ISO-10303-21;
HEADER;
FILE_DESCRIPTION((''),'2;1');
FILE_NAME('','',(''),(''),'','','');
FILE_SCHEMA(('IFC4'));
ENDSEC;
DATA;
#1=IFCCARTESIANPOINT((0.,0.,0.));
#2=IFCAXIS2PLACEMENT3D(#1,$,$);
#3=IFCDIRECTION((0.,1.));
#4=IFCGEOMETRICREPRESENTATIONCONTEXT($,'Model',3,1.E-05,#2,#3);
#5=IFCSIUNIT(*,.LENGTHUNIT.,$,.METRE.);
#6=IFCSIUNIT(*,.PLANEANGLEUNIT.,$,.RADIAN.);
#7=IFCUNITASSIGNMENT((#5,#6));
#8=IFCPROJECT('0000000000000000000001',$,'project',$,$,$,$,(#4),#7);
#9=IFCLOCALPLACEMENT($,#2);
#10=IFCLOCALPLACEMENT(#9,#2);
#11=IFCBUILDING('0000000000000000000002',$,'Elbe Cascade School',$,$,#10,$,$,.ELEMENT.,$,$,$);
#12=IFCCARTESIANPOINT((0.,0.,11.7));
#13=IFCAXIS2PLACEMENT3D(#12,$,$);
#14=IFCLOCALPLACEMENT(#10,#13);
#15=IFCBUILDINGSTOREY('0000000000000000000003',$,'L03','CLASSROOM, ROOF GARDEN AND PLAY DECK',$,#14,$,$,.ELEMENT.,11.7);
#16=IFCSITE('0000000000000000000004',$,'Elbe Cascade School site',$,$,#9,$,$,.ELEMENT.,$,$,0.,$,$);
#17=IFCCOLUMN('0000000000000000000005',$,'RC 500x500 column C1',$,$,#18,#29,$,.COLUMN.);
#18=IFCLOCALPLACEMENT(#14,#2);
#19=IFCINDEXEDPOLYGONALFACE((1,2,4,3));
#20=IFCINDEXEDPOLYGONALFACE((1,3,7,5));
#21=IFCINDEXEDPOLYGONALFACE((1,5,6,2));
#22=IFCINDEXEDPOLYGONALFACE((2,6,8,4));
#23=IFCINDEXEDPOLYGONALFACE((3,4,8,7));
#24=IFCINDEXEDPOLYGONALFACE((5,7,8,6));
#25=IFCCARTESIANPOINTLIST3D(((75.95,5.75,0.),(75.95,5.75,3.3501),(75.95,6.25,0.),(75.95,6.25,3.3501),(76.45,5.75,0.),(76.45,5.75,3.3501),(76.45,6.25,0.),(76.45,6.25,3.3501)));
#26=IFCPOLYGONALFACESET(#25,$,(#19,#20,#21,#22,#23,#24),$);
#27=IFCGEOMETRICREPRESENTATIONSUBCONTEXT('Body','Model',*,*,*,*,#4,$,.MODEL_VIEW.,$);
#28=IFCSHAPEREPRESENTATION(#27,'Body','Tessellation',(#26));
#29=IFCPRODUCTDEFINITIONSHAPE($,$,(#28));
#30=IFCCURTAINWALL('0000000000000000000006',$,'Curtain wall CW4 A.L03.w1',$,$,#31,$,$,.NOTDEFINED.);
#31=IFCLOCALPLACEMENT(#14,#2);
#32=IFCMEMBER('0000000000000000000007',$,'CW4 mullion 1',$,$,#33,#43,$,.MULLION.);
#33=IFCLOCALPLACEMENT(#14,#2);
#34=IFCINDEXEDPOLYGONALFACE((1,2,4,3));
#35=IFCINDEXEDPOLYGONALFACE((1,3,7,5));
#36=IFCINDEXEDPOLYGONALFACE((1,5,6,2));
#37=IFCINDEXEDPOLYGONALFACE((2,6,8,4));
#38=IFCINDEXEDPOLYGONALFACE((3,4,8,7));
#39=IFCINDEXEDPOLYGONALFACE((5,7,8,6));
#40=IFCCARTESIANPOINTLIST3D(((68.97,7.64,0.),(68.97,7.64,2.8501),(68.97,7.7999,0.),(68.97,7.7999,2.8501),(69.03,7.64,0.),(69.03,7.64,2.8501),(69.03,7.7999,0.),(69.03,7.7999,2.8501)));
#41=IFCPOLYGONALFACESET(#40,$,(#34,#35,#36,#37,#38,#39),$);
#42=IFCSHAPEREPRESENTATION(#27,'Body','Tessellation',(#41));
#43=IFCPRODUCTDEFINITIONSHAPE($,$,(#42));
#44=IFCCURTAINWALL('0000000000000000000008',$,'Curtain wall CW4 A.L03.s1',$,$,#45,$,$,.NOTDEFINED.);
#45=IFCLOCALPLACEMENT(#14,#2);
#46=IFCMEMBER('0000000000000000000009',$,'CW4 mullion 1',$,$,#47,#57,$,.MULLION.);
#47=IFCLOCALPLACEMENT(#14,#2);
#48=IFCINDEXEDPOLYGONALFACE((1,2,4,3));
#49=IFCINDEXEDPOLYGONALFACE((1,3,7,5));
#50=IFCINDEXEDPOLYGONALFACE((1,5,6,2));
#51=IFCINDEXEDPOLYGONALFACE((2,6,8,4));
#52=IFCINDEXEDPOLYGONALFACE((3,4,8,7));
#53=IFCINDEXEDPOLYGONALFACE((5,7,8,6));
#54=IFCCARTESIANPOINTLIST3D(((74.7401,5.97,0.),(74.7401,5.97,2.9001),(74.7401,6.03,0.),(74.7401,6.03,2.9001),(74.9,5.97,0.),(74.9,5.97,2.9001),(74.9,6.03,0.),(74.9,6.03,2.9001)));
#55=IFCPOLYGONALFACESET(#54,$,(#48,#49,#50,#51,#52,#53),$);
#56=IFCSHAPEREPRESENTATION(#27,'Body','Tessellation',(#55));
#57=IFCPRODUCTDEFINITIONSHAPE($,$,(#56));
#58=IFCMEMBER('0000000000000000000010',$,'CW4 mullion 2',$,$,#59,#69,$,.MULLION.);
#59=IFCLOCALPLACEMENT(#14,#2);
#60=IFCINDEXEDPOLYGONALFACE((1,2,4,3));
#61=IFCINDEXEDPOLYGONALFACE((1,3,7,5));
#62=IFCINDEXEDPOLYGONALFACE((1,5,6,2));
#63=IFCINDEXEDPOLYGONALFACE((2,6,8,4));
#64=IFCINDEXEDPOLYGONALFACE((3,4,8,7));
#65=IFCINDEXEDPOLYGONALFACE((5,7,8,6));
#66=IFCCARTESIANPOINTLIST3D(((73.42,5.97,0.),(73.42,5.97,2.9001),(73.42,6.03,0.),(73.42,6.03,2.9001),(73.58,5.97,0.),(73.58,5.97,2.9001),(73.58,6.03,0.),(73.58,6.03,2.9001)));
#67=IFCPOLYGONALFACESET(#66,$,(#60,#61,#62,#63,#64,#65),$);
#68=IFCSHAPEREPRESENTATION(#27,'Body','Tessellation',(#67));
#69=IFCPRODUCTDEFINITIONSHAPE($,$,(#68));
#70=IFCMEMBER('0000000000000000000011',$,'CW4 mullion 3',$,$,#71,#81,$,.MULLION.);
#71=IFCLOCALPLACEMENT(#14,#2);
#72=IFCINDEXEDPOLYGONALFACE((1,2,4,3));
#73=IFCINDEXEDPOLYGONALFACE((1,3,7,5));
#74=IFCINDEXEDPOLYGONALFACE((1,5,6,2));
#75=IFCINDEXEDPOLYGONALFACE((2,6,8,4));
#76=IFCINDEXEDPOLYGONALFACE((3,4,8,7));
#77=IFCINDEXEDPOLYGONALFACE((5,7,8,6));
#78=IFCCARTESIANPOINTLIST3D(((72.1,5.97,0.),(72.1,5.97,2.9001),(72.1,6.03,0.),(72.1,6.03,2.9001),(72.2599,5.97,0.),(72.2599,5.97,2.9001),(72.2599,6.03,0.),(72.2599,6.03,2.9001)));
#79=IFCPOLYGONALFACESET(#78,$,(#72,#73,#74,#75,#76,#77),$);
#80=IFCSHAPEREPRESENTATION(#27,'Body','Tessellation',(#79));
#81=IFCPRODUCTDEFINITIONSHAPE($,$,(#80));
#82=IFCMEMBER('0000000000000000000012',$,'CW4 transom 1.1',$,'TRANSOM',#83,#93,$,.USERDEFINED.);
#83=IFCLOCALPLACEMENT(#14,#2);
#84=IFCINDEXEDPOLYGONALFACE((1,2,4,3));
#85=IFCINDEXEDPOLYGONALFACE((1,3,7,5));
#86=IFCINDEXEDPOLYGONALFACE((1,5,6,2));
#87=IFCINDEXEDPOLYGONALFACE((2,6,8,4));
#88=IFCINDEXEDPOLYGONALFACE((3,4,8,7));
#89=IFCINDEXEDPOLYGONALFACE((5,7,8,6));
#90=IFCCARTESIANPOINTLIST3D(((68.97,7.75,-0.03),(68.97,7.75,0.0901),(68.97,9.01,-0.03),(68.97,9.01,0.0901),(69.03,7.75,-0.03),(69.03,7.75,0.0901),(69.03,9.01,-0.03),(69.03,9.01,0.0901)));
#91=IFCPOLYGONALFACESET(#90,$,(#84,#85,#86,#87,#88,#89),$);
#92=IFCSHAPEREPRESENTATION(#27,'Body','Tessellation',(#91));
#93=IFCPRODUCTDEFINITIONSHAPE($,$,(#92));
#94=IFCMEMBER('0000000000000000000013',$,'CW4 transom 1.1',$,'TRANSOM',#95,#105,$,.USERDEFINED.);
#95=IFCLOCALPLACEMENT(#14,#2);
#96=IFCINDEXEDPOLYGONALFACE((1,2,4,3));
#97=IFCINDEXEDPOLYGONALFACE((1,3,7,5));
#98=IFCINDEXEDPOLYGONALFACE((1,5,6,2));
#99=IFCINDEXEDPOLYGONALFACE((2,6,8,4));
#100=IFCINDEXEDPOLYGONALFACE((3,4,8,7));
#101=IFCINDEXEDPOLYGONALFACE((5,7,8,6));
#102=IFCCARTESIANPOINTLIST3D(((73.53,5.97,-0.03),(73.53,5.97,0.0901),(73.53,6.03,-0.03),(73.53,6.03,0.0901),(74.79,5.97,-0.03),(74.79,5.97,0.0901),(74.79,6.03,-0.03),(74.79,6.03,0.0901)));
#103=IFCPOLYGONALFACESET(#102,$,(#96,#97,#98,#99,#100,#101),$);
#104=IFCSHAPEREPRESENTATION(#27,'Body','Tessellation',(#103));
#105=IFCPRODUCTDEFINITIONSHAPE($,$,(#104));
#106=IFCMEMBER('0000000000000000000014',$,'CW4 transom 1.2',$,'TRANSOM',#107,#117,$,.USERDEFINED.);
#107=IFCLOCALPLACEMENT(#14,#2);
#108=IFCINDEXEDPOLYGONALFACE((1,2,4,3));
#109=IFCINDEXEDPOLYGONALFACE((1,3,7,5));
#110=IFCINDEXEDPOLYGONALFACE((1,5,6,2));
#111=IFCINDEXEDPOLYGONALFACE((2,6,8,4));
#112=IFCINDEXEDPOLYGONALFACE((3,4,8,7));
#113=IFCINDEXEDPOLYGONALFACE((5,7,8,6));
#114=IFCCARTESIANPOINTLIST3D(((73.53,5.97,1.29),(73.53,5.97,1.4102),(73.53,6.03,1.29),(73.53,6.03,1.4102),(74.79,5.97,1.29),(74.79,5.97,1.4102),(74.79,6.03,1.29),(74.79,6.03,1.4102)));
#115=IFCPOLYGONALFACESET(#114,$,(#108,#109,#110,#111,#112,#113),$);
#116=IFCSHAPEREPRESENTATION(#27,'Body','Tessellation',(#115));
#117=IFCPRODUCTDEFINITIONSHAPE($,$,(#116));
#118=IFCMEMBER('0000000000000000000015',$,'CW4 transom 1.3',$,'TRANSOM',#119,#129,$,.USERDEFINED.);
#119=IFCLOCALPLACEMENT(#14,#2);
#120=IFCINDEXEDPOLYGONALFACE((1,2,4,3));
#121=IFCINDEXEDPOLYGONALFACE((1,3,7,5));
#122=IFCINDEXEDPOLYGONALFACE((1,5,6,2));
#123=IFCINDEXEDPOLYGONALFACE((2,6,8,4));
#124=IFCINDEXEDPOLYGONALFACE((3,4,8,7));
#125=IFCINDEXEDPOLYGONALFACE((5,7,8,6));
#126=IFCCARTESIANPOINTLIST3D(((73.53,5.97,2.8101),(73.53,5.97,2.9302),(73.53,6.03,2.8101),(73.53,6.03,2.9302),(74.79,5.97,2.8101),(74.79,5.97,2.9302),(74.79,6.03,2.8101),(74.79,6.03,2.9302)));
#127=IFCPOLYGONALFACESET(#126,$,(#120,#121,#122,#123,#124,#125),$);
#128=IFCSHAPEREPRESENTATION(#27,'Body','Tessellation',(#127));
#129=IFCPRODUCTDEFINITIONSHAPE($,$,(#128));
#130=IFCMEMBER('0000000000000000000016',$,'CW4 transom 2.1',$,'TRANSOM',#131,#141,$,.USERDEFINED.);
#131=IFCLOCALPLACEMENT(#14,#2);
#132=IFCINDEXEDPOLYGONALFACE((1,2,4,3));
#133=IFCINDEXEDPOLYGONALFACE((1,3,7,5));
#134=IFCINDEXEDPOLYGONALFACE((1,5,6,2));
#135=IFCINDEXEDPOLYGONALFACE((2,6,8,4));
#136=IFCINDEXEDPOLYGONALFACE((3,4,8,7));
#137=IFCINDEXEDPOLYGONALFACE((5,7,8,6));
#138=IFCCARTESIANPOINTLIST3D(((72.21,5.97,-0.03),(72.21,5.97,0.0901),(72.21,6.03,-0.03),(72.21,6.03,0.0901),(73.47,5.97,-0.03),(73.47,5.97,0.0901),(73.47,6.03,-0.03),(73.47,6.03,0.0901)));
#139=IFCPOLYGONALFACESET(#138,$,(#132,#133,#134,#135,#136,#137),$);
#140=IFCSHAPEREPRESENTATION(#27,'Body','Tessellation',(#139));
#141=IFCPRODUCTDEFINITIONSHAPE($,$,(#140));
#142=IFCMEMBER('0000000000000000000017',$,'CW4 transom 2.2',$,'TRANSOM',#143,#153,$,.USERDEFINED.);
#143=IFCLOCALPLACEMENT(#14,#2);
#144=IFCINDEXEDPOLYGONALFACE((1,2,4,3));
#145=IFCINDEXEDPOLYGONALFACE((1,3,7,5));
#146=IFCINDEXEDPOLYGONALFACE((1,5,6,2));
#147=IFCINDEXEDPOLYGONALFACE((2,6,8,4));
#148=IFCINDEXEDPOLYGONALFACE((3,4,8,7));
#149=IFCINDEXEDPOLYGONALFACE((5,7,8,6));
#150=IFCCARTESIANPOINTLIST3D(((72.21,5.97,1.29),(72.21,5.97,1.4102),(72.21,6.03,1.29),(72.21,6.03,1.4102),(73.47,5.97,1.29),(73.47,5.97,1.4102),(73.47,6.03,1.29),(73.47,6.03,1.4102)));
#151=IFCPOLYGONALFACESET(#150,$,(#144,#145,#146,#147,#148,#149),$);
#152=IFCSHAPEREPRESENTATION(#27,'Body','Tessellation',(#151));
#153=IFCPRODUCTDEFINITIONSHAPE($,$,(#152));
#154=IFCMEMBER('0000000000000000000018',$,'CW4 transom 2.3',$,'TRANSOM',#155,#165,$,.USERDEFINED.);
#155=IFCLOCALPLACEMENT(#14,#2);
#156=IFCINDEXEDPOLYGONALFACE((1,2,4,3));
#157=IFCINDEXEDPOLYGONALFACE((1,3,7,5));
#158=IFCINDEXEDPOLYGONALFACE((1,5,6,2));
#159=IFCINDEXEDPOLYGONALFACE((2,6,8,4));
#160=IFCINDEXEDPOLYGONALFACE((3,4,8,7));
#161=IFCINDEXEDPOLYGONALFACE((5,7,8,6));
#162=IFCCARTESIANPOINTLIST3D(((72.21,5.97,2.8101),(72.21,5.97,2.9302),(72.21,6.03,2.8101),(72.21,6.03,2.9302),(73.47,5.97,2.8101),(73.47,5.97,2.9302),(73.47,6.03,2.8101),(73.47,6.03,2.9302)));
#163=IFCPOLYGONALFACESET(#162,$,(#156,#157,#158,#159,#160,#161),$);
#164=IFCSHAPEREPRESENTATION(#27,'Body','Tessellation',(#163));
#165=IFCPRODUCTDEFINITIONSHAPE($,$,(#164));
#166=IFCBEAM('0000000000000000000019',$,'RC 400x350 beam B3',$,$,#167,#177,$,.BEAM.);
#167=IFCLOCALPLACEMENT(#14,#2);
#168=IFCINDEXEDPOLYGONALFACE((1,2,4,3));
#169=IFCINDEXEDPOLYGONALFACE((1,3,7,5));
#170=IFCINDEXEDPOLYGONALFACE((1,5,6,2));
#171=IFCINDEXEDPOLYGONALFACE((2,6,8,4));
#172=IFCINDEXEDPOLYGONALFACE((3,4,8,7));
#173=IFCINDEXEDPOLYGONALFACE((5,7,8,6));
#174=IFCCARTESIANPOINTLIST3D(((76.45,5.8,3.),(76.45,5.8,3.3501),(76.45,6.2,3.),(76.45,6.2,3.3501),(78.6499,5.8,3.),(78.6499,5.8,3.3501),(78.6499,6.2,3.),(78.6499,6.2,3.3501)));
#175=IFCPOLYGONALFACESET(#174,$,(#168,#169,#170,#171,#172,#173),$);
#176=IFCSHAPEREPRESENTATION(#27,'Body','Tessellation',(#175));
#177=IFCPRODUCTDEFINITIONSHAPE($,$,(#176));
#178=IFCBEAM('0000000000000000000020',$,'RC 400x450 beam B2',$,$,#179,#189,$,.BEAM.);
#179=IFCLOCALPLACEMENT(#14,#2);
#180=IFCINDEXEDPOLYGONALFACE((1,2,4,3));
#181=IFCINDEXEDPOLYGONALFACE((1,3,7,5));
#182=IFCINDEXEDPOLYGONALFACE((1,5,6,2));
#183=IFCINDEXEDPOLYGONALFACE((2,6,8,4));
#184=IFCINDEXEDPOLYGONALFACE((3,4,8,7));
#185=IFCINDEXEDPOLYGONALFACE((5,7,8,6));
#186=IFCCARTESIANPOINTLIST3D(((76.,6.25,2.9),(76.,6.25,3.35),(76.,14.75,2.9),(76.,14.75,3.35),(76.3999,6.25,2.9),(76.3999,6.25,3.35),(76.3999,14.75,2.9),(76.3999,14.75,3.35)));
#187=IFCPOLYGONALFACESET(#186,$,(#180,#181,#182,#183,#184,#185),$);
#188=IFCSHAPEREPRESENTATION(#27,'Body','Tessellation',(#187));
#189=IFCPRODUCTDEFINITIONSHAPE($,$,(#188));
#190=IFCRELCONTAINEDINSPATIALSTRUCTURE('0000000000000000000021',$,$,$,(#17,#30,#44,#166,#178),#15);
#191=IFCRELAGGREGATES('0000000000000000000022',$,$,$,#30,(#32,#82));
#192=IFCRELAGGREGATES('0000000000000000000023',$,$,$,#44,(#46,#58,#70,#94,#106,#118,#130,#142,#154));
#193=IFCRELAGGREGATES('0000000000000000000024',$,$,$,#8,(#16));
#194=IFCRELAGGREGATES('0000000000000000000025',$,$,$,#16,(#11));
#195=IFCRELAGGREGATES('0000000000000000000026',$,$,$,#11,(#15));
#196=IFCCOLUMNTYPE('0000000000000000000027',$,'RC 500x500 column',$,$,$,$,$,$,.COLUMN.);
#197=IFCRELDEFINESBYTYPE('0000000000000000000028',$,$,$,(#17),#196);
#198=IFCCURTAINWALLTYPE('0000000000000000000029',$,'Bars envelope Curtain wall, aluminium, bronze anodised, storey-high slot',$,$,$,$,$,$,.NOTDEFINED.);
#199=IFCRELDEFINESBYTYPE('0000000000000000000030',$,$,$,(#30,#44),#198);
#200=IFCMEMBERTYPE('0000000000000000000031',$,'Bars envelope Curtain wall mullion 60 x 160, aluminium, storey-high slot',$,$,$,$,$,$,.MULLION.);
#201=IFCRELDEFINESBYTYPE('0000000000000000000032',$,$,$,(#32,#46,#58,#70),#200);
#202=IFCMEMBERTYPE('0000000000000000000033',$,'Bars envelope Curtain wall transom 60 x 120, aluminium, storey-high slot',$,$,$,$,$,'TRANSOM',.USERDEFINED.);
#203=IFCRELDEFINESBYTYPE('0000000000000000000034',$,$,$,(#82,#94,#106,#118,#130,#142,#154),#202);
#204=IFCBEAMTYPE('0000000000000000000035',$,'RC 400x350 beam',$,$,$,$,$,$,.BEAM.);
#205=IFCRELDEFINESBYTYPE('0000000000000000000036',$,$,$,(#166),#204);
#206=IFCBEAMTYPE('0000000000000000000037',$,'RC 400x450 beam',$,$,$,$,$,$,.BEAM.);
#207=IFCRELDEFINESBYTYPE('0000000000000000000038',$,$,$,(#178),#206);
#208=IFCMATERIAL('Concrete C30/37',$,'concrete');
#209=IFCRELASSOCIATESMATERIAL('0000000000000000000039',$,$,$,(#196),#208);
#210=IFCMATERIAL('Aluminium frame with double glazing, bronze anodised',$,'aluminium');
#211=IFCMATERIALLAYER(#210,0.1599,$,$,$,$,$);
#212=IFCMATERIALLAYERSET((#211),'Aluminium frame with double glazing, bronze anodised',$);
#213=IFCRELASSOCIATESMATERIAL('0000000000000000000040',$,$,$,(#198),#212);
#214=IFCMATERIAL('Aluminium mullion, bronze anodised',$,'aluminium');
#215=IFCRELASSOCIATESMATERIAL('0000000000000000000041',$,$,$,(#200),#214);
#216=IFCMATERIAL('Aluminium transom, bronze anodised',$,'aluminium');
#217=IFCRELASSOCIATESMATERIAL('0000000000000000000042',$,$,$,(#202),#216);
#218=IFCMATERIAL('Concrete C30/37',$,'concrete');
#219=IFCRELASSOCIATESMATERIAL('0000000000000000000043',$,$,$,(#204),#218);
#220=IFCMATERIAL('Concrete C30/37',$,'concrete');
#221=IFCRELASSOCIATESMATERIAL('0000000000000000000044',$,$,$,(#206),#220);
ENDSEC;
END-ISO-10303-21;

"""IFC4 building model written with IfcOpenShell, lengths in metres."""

from ifc_helpers import new_model, si_unit, direction, frame, origin, origin_2d, place, context, subcontext, project, spatial, rectangle, extrude, material, layer, layer_set, material_profile, profile_set, type_object, element, aggregate, save


model = new_model("IFC4")

# Units and contexts
model_context = context("Model", 3, precision=1e-05, world=origin(), true_north=direction((0.0, 1.0)))
body_context = subcontext(model_context, "Body", "Model", "MODEL_VIEW")
ifc_project = project(units=[si_unit("LENGTHUNIT", "METRE"), si_unit("PLANEANGLEUNIT", "RADIAN")], contexts=[model_context])

# Site, building, storey
site_placement = place(None, origin())
site = spatial("IfcSite", under=ifc_project, at=site_placement, Name="Elbe Cascade School site", CompositionType="ELEMENT", RefElevation=0.0)
building_placement = place(site_placement, origin())
building = spatial("IfcBuilding", under=site, at=building_placement, Name="Elbe Cascade School", CompositionType="ELEMENT")
storey_placement = place(building_placement, frame((0.0, 0.0, 11.7)))
storey = spatial("IfcBuildingStorey", under=building, at=storey_placement, Name="L03", Description="CLASSROOM, ROOF GARDEN AND PLAY DECK", CompositionType="ELEMENT", Elevation=11.7)

# Column
ifc_material_1 = material(Name="Concrete C30/37", Category="concrete")
ifc_material_profile_1 = material_profile(ifc_material_1, rectangle(XDim=0.5, YDim=0.5, at=origin_2d()), Name="RC 500x500")
ifc_profile_set_1 = profile_set([ifc_material_profile_1], Name="Concrete C30/37")
column_type = type_object("IfcColumnType", Name="RC 500x500 column", PredefinedType="COLUMN", material=ifc_profile_set_1)
column_placement = place(storey_placement, frame((76.2, 6.0, 0.0), z_axis=(0.0, 0.0, 1.0), x_axis=(1.0, 0.0, 0.0)))
element("IfcColumn", 1, at=column_placement, inside=storey, type_object=column_type, Name="RC 500x500 column C1", PredefinedType="COLUMN", context=body_context, shape_type="SweptSolid", body=[
    extrude(rectangle(XDim=0.5, YDim=0.5, at=origin_2d()), origin(), (0.0, 0.0, 1.0), 3.3501),
])

# Curtain wall, member
ifc_material_2 = material(Name="Aluminium frame with double glazing, bronze anodised", Category="aluminium")
ifc_layer_1 = layer(ifc_material_2, 0.1599)
ifc_layer_set_1 = layer_set([ifc_layer_1], Name="Aluminium frame with double glazing, bronze anodised")
curtain_wall_type = type_object("IfcCurtainWallType", Name="Bars envelope Curtain wall, aluminium, bronze anodised, storey-high slot", PredefinedType="NOTDEFINED", material=ifc_layer_set_1)
curtain_wall_1_placement = place(storey_placement, origin())
curtain_wall_1 = element("IfcCurtainWall", 2, at=curtain_wall_1_placement, inside=storey, type_object=curtain_wall_type, Name="Curtain wall CW4 A.L03.w1", PredefinedType="NOTDEFINED")
ifc_material_3 = material(Name="Aluminium mullion, bronze anodised", Category="aluminium")
ifc_material_profile_2 = material_profile(ifc_material_3, rectangle(XDim=0.0601, YDim=0.1599, at=origin_2d()), Name="Bars envelope Curtain wall mullion 60 x 160, aluminium, storey-high slot")
ifc_profile_set_2 = profile_set([ifc_material_profile_2], Name="Aluminium mullion, bronze anodised")
member_type_1 = type_object("IfcMemberType", Name="Bars envelope Curtain wall mullion 60 x 160, aluminium, storey-high slot", PredefinedType="MULLION", material=ifc_profile_set_2)
member_1_placement = place(storey_placement, frame((69.0, 7.72, 0.0), z_axis=(0.0, 0.0, 1.0), x_axis=(-1.0, 0.0, 0.0)))
member_1 = element("IfcMember", 3, at=member_1_placement, type_object=member_type_1, Name="CW4 mullion 1", PredefinedType="MULLION", context=body_context, shape_type="SweptSolid", body=[
    extrude(rectangle(XDim=0.0601, YDim=0.1599, at=origin_2d()), origin(), (0.0, 0.0, 1.0), 2.8501),
])

# Curtain wall, members
curtain_wall_2_placement = place(storey_placement, origin())
curtain_wall_2 = element("IfcCurtainWall", 4, at=curtain_wall_2_placement, inside=storey, type_object=curtain_wall_type, Name="Curtain wall CW4 A.L03.s1", PredefinedType="NOTDEFINED")
member_2_placement = place(storey_placement, frame((74.8201, 6.0, 0.0), z_axis=(0.0, 0.0, 1.0), x_axis=(0.0, -1.0, 0.0)))
member_2 = element("IfcMember", 5, at=member_2_placement, type_object=member_type_1, Name="CW4 mullion 1", PredefinedType="MULLION", context=body_context, shape_type="SweptSolid", body=[
    extrude(rectangle(XDim=0.0601, YDim=0.1599, at=origin_2d()), origin(), (0.0, 0.0, 1.0), 2.9001),
])
member_3_placement = place(storey_placement, frame((73.5, 6.0, 0.0), z_axis=(0.0, 0.0, 1.0), x_axis=(0.0, -1.0, 0.0)))
member_3 = element("IfcMember", 6, at=member_3_placement, type_object=member_type_1, Name="CW4 mullion 2", PredefinedType="MULLION", context=body_context, shape_type="SweptSolid", body=[
    extrude(rectangle(XDim=0.0601, YDim=0.1599, at=origin_2d()), origin(), (0.0, 0.0, 1.0), 2.9001),
])
member_4_placement = place(storey_placement, frame((72.1799, 6.0, 0.0), z_axis=(0.0, 0.0, 1.0), x_axis=(0.0, -1.0, 0.0)))
member_4 = element("IfcMember", 7, at=member_4_placement, type_object=member_type_1, Name="CW4 mullion 3", PredefinedType="MULLION", context=body_context, shape_type="SweptSolid", body=[
    extrude(rectangle(XDim=0.0601, YDim=0.1599, at=origin_2d()), origin(), (0.0, 0.0, 1.0), 2.9001),
])

# Members
ifc_material_4 = material(Name="Aluminium transom, bronze anodised", Category="aluminium")
ifc_material_profile_3 = material_profile(ifc_material_4, rectangle(XDim=0.0601, YDim=0.1201, at=origin_2d()), Name="Bars envelope Curtain wall transom 60 x 120, aluminium, storey-high slot")
ifc_profile_set_3 = profile_set([ifc_material_profile_3], Name="Aluminium transom, bronze anodised")
member_type_2 = type_object("IfcMemberType", Name="Bars envelope Curtain wall transom 60 x 120, aluminium, storey-high slot", ElementType="TRANSOM", PredefinedType="USERDEFINED", material=ifc_profile_set_3)
member_5_placement = place(storey_placement, frame((69.0, 7.75, 0.03), z_axis=(0.0, 1.0, 0.0), x_axis=(-1.0, 0.0, 0.0)))
member_5 = element("IfcMember", 8, at=member_5_placement, type_object=member_type_2, Name="CW4 transom 1.1", ObjectType="TRANSOM", PredefinedType="USERDEFINED", context=body_context, shape_type="SweptSolid", body=[
    extrude(rectangle(XDim=0.0601, YDim=0.1201, at=origin_2d()), origin(), (0.0, 0.0, 1.0), 1.26),
])
aggregate(curtain_wall_1, [member_1, member_5])
member_6_placement = place(storey_placement, frame((74.79, 6.0, 0.03), z_axis=(-1.0, 0.0, 0.0), x_axis=(0.0, -1.0, 0.0)))
member_6 = element("IfcMember", 9, at=member_6_placement, type_object=member_type_2, Name="CW4 transom 1.1", ObjectType="TRANSOM", PredefinedType="USERDEFINED", context=body_context, shape_type="SweptSolid", body=[
    extrude(rectangle(XDim=0.0601, YDim=0.1201, at=origin_2d()), origin(), (0.0, 0.0, 1.0), 1.26),
])
member_7_placement = place(storey_placement, frame((74.79, 6.0, 1.3501), z_axis=(-1.0, 0.0, 0.0), x_axis=(0.0, -1.0, 0.0)))
member_7 = element("IfcMember", 10, at=member_7_placement, type_object=member_type_2, Name="CW4 transom 1.2", ObjectType="TRANSOM", PredefinedType="USERDEFINED", context=body_context, shape_type="SweptSolid", body=[
    extrude(rectangle(XDim=0.0601, YDim=0.1201, at=origin_2d()), origin(), (0.0, 0.0, 1.0), 1.26),
])
member_8_placement = place(storey_placement, frame((74.79, 6.0, 2.8701), z_axis=(-1.0, 0.0, 0.0), x_axis=(0.0, -1.0, 0.0)))
member_8 = element("IfcMember", 11, at=member_8_placement, type_object=member_type_2, Name="CW4 transom 1.3", ObjectType="TRANSOM", PredefinedType="USERDEFINED", context=body_context, shape_type="SweptSolid", body=[
    extrude(rectangle(XDim=0.0601, YDim=0.1201, at=origin_2d()), origin(), (0.0, 0.0, 1.0), 1.26),
])
member_9_placement = place(storey_placement, frame((73.47, 6.0, 0.03), z_axis=(-1.0, 0.0, 0.0), x_axis=(0.0, -1.0, 0.0)))
member_9 = element("IfcMember", 12, at=member_9_placement, type_object=member_type_2, Name="CW4 transom 2.1", ObjectType="TRANSOM", PredefinedType="USERDEFINED", context=body_context, shape_type="SweptSolid", body=[
    extrude(rectangle(XDim=0.0601, YDim=0.1201, at=origin_2d()), origin(), (0.0, 0.0, 1.0), 1.26),
])
member_10_placement = place(storey_placement, frame((73.47, 6.0, 1.3501), z_axis=(-1.0, 0.0, 0.0), x_axis=(0.0, -1.0, 0.0)))
member_10 = element("IfcMember", 13, at=member_10_placement, type_object=member_type_2, Name="CW4 transom 2.2", ObjectType="TRANSOM", PredefinedType="USERDEFINED", context=body_context, shape_type="SweptSolid", body=[
    extrude(rectangle(XDim=0.0601, YDim=0.1201, at=origin_2d()), origin(), (0.0, 0.0, 1.0), 1.26),
])
member_11_placement = place(storey_placement, frame((73.47, 6.0, 2.8701), z_axis=(-1.0, 0.0, 0.0), x_axis=(0.0, -1.0, 0.0)))
member_11 = element("IfcMember", 14, at=member_11_placement, type_object=member_type_2, Name="CW4 transom 2.3", ObjectType="TRANSOM", PredefinedType="USERDEFINED", context=body_context, shape_type="SweptSolid", body=[
    extrude(rectangle(XDim=0.0601, YDim=0.1201, at=origin_2d()), origin(), (0.0, 0.0, 1.0), 1.26),
])

# Beams
ifc_material_5 = material(Name="Concrete C30/37", Category="concrete")
ifc_material_profile_4 = material_profile(ifc_material_5, rectangle(XDim=0.3999, YDim=0.3501, at=origin_2d()), Name="RC 400x350")
ifc_profile_set_4 = profile_set([ifc_material_profile_4], Name="Concrete C30/37")
beam_type_1 = type_object("IfcBeamType", Name="RC 400x350 beam", PredefinedType="BEAM", material=ifc_profile_set_4)
beam_1_placement = place(storey_placement, frame((76.45, 6.0, 3.175), z_axis=(1.0, 0.0, 0.0), x_axis=(0.0, 1.0, 0.0)))
element("IfcBeam", 15, at=beam_1_placement, inside=storey, type_object=beam_type_1, Name="RC 400x350 beam B3", PredefinedType="BEAM", context=body_context, shape_type="SweptSolid", body=[
    extrude(rectangle(XDim=0.3999, YDim=0.3501, at=origin_2d()), origin(), (0.0, 0.0, 1.0), 2.2),
])
ifc_material_6 = material(Name="Concrete C30/37", Category="concrete")
ifc_material_profile_5 = material_profile(ifc_material_6, rectangle(XDim=0.3999, YDim=0.45, at=origin_2d()), Name="RC 400x450")
ifc_profile_set_5 = profile_set([ifc_material_profile_5], Name="Concrete C30/37")
beam_type_2 = type_object("IfcBeamType", Name="RC 400x450 beam", PredefinedType="BEAM", material=ifc_profile_set_5)
beam_2_placement = place(storey_placement, frame((76.2, 6.25, 3.125), z_axis=(0.0, 1.0, 0.0), x_axis=(-1.0, 0.0, 0.0)))
element("IfcBeam", 16, at=beam_2_placement, inside=storey, type_object=beam_type_2, Name="RC 400x450 beam B2", PredefinedType="BEAM", context=body_context, shape_type="SweptSolid", body=[
    extrude(rectangle(XDim=0.3999, YDim=0.45, at=origin_2d()), origin(), (0.0, 0.0, 1.0), 8.5),
])

aggregate(curtain_wall_2, [member_2, member_3, member_4, member_6, member_7, member_8, member_9, member_10, member_11])

save(model, "model.ifc")
